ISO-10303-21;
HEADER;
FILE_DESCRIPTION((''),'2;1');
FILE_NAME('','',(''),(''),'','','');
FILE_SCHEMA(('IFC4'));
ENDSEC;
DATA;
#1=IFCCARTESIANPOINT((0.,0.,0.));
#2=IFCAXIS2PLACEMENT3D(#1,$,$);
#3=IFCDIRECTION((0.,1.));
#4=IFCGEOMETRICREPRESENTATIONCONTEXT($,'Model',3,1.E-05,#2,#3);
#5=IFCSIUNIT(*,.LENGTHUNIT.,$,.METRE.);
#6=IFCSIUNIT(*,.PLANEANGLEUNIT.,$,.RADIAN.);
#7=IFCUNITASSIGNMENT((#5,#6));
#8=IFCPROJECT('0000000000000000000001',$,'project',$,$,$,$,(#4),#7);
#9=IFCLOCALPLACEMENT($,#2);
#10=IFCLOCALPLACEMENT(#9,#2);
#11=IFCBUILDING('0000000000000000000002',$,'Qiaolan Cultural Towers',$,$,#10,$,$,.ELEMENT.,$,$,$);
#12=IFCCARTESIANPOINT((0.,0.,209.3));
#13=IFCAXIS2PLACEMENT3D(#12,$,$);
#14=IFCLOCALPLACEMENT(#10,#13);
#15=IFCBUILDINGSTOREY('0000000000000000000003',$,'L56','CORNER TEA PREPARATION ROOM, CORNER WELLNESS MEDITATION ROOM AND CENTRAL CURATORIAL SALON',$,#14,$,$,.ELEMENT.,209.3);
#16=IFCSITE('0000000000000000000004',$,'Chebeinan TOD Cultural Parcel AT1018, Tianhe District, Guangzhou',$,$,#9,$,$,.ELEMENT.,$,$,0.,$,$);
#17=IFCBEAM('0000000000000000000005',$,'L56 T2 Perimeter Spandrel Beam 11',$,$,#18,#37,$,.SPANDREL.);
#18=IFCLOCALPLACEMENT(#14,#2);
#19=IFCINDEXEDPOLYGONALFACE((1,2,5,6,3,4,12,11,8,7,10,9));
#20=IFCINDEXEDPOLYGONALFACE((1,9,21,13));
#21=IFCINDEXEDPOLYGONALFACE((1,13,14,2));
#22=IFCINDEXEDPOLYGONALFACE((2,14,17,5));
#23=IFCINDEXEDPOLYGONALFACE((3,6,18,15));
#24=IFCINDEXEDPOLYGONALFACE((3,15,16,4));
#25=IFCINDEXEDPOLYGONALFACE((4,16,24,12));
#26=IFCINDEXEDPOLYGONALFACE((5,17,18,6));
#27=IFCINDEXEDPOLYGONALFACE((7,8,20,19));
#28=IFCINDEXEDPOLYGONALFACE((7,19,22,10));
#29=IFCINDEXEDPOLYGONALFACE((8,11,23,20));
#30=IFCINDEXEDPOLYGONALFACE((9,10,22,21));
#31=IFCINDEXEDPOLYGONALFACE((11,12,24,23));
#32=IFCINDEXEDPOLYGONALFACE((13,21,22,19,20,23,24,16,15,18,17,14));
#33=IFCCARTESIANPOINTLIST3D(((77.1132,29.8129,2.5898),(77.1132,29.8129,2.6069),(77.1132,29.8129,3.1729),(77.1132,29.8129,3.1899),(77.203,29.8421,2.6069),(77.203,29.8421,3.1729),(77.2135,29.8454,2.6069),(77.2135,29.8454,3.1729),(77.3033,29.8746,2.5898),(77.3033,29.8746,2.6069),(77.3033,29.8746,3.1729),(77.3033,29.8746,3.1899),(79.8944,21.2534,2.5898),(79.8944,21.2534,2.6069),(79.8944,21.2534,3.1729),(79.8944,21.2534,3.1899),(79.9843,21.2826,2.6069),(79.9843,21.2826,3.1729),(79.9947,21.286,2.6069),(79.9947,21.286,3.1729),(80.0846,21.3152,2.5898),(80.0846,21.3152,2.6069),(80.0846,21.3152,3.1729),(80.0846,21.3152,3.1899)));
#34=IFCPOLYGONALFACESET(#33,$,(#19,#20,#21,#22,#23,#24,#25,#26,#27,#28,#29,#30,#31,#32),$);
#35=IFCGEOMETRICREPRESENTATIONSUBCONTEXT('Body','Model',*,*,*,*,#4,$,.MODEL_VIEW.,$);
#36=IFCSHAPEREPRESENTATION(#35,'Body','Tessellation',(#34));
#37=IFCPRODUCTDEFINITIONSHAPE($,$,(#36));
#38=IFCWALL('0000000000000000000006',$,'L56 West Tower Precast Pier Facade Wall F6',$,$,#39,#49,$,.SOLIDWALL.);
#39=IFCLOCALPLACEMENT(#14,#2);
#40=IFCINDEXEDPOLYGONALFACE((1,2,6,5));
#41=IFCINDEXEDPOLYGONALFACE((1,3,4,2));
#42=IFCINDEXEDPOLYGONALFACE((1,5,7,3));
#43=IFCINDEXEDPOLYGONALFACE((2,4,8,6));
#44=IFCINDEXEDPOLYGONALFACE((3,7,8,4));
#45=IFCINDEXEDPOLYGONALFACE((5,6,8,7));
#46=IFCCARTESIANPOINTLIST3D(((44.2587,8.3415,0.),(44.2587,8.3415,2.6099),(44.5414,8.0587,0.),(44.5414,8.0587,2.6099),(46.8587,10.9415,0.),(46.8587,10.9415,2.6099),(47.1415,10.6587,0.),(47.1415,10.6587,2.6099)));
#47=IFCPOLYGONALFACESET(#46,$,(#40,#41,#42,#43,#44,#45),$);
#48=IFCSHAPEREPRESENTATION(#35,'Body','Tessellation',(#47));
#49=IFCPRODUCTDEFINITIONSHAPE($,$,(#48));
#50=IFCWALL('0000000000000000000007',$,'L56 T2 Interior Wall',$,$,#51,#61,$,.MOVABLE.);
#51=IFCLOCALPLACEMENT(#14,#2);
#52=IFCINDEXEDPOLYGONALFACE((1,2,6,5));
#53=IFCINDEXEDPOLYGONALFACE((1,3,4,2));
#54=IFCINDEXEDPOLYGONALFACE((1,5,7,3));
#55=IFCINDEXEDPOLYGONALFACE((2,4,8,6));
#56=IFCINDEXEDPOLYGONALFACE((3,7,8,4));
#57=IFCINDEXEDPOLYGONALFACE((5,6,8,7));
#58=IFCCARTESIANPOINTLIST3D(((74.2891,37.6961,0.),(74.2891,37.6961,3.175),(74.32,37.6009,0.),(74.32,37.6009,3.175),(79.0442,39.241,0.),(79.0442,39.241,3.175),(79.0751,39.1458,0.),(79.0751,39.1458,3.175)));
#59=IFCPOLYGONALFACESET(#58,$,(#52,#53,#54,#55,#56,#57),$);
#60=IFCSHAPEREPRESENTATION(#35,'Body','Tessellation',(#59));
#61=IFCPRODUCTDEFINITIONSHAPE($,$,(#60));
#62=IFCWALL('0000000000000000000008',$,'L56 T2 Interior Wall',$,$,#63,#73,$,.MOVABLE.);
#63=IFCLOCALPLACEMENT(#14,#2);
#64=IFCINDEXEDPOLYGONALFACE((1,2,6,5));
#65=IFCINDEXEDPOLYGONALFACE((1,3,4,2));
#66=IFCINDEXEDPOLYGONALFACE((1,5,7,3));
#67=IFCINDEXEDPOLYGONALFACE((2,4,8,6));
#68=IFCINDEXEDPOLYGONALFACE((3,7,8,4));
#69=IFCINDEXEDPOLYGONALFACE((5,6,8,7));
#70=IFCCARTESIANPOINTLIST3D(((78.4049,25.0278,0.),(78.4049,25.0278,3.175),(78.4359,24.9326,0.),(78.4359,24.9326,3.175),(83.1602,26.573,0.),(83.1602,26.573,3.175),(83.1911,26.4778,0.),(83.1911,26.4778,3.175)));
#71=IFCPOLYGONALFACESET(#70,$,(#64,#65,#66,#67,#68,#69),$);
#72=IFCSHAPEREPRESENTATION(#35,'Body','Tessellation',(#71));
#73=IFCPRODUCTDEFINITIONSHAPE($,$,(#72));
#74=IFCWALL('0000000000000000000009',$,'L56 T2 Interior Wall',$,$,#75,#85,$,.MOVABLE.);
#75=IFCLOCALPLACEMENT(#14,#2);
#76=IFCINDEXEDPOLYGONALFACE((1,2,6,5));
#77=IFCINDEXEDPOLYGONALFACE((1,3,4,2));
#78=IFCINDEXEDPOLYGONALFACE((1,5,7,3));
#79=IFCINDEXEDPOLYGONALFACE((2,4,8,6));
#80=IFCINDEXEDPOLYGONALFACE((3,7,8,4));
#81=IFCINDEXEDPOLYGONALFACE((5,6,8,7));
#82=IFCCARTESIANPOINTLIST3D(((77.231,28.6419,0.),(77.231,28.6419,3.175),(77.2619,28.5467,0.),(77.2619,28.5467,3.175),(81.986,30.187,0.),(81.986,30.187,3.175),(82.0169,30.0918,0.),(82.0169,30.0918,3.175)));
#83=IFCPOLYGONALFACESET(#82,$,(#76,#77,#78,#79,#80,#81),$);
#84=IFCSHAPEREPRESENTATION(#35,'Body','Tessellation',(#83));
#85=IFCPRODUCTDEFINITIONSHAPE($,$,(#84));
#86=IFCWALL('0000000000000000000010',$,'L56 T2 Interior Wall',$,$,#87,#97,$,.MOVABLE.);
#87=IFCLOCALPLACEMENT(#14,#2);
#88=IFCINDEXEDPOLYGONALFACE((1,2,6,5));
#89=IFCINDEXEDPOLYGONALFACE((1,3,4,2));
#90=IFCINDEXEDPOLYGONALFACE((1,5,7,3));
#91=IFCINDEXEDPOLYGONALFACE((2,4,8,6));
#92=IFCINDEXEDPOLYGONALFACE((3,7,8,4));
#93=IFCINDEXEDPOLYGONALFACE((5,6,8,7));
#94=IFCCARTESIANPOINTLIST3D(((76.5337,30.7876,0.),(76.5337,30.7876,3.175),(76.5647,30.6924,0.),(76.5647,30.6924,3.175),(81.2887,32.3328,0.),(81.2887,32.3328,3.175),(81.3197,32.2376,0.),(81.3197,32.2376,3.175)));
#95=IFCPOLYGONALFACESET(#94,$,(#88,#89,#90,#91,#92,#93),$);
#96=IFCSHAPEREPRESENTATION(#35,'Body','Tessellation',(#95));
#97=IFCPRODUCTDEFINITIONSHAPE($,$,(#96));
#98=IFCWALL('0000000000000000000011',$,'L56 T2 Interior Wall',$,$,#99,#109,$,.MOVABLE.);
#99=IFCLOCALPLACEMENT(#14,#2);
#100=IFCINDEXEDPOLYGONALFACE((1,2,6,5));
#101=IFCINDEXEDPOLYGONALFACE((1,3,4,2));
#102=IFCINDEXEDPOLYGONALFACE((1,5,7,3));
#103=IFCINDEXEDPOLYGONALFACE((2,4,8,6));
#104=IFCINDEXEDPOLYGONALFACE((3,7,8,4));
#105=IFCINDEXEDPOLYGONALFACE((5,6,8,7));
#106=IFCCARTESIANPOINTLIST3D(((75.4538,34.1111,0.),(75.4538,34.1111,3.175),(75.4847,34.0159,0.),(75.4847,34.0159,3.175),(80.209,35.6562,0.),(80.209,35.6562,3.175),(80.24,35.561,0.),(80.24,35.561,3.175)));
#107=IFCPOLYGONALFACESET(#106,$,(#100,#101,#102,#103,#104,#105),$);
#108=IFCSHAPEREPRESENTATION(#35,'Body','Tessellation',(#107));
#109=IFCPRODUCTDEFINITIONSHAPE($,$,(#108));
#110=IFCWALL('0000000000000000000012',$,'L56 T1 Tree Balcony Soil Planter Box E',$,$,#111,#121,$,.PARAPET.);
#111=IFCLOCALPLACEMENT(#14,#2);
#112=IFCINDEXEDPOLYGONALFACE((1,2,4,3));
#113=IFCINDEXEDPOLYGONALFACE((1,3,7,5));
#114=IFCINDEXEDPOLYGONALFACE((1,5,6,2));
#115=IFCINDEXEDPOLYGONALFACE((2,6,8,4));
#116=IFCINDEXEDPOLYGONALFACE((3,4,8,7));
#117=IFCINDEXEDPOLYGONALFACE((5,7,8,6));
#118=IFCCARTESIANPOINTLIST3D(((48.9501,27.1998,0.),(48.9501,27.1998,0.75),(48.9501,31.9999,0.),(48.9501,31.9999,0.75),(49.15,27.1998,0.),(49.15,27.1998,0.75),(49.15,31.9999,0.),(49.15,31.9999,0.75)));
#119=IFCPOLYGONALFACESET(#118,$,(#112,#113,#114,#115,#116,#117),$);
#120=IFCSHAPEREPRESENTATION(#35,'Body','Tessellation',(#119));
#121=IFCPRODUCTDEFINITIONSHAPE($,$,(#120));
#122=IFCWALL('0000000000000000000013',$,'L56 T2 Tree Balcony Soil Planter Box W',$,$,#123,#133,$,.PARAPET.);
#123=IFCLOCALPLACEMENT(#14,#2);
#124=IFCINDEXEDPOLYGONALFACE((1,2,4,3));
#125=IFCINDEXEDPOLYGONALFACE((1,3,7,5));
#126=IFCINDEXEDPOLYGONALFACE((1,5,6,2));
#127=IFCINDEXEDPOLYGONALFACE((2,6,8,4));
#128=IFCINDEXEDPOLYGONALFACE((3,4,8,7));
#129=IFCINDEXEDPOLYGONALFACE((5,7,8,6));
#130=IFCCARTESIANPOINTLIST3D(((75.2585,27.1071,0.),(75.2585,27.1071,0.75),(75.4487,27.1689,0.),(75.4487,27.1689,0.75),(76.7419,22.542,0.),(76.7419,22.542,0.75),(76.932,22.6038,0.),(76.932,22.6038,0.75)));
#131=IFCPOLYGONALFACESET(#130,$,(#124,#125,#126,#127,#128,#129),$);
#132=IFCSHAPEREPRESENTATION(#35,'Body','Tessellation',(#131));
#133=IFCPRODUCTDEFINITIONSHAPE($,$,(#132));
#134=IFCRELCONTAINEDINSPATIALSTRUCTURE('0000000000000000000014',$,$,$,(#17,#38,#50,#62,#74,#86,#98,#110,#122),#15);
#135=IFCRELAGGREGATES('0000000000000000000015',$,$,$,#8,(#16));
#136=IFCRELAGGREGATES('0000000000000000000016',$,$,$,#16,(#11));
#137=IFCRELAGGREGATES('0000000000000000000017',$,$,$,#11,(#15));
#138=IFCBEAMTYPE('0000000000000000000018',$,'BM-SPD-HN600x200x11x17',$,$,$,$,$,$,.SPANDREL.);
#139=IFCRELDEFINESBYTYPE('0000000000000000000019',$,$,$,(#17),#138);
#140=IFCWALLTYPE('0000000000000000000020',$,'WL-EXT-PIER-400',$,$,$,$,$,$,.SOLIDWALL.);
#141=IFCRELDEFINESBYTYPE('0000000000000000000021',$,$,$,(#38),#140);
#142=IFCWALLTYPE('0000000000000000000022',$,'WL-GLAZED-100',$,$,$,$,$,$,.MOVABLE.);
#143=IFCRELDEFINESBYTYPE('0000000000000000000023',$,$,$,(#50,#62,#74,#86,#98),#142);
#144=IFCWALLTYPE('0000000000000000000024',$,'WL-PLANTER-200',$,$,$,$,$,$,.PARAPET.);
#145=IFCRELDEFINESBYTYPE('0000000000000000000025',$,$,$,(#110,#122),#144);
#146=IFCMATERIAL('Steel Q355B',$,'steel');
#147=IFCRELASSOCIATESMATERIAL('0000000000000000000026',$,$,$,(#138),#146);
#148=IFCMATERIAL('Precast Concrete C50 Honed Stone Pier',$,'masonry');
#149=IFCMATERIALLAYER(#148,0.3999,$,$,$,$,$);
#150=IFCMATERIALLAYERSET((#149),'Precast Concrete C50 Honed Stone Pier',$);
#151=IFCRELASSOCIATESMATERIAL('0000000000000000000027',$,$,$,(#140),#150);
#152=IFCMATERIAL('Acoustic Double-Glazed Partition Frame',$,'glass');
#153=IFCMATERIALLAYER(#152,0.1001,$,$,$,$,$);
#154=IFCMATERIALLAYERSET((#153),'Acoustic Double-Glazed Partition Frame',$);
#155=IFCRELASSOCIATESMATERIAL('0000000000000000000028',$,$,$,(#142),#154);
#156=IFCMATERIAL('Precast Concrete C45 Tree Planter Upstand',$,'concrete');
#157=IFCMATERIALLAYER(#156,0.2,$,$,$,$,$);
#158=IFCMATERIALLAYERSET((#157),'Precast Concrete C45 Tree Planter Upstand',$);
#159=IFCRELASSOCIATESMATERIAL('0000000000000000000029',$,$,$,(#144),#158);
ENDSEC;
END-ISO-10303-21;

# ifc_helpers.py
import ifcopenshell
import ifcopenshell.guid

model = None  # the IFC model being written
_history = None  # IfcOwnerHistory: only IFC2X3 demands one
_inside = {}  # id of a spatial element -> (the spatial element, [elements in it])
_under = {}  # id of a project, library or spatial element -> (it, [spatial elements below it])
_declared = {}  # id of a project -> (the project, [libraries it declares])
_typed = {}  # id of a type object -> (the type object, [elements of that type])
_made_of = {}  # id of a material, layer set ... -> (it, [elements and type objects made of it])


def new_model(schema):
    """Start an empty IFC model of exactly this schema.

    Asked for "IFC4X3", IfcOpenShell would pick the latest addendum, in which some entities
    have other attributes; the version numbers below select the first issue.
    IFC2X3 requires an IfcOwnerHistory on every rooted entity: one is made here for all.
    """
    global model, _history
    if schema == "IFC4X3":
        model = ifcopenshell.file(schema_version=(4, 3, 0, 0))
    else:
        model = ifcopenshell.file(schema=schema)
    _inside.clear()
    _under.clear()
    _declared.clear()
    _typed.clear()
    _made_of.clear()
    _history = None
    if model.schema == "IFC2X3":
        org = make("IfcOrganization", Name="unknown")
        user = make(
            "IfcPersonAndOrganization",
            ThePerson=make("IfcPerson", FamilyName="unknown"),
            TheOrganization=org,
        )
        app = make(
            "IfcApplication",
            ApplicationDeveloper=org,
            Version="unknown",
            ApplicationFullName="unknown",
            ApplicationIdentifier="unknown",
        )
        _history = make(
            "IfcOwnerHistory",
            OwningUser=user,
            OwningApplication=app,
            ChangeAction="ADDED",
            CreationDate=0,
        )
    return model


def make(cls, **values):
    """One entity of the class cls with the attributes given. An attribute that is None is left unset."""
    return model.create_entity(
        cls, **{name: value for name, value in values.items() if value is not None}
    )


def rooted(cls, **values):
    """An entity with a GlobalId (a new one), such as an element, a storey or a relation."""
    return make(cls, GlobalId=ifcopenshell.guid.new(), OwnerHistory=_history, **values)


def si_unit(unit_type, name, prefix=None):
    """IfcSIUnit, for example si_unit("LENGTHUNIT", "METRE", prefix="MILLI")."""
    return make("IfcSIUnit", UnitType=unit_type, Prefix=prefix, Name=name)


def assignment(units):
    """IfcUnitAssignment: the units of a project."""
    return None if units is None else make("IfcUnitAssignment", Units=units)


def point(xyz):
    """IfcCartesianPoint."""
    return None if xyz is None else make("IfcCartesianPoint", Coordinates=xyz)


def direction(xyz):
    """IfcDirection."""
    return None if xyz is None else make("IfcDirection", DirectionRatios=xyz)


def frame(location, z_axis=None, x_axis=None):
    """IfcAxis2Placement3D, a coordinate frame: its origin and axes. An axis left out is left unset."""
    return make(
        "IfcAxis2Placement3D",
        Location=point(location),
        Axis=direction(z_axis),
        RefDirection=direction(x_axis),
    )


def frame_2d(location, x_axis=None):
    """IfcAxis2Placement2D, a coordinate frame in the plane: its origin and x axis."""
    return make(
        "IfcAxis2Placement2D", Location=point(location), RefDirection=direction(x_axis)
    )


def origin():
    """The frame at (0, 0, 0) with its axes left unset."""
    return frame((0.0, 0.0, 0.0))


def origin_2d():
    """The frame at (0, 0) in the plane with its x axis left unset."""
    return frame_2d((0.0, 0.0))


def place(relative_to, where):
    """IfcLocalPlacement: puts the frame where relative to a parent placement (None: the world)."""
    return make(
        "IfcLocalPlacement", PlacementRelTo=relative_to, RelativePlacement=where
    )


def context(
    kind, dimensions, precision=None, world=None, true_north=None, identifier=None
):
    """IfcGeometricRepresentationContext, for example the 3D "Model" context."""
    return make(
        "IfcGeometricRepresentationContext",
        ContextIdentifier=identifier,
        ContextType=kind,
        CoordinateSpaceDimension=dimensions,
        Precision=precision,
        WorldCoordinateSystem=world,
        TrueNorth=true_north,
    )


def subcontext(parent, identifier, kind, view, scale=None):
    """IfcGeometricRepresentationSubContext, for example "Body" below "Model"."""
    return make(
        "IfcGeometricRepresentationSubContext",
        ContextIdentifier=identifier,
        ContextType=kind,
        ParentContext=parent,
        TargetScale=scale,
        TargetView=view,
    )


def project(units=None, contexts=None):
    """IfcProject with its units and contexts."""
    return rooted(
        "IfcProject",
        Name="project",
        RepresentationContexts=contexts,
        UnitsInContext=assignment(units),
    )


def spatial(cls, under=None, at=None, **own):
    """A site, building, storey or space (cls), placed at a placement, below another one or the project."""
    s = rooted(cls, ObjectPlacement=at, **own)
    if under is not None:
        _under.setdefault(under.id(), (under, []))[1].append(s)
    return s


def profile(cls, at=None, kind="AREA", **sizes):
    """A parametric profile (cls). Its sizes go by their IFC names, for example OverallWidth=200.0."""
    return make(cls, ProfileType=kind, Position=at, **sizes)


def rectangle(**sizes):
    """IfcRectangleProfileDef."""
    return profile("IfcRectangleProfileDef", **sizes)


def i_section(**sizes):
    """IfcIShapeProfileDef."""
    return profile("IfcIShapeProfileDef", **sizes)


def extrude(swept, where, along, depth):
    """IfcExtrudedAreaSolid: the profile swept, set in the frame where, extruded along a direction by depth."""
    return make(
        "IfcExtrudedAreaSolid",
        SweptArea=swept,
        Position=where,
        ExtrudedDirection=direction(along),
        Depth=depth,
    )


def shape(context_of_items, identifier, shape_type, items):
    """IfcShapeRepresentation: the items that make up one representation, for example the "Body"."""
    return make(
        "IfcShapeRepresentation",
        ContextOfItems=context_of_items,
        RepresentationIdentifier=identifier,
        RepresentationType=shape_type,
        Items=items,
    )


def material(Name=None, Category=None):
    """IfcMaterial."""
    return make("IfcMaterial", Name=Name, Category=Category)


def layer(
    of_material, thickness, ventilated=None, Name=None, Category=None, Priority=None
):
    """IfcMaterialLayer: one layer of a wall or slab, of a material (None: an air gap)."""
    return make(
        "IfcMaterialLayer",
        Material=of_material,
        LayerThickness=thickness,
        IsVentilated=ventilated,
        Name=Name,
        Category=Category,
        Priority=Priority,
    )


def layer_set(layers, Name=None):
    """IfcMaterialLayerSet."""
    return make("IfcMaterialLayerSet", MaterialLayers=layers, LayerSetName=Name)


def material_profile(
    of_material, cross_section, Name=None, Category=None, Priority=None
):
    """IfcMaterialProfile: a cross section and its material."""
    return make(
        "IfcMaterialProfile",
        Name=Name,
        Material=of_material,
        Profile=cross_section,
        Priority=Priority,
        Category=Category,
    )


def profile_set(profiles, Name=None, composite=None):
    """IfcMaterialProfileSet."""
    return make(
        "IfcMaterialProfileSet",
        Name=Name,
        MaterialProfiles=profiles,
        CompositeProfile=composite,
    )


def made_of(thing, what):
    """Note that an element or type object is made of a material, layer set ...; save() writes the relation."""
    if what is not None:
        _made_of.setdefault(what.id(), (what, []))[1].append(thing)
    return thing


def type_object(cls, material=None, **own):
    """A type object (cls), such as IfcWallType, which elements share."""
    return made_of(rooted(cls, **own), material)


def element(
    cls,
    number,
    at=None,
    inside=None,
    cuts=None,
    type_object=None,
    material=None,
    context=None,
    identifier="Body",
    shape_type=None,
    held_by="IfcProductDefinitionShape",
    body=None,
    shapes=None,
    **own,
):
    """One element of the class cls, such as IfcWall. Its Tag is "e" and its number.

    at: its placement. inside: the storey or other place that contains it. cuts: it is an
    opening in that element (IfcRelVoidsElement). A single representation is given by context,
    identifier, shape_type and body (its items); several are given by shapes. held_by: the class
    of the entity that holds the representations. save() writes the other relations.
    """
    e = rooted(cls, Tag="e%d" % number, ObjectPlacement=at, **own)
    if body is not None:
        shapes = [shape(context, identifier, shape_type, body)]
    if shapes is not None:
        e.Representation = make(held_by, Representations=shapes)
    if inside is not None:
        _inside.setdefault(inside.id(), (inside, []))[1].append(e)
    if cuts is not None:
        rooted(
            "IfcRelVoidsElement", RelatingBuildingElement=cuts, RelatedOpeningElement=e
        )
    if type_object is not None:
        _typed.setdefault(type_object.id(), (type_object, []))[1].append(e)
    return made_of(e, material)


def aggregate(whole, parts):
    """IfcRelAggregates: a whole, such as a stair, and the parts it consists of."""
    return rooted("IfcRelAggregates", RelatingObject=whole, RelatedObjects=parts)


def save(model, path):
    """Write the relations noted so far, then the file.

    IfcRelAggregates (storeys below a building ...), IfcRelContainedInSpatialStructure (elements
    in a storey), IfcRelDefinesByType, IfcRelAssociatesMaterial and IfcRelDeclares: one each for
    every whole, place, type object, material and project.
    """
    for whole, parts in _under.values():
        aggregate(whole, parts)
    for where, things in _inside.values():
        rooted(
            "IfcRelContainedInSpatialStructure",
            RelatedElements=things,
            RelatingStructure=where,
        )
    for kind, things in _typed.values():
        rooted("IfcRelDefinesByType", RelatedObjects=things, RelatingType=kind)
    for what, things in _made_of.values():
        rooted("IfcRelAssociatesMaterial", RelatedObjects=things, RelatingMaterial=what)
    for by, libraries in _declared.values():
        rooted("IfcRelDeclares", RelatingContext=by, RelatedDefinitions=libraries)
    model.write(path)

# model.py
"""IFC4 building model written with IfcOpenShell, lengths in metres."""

from ifc_helpers import new_model, si_unit, direction, frame, frame_2d, origin, origin_2d, place, context, subcontext, project, spatial, rectangle, i_section, extrude, material, layer, layer_set, material_profile, profile_set, type_object, element, save


model = new_model("IFC4")

# Units and contexts
model_context = context("Model", 3, precision=1e-05, world=origin(), true_north=direction((0.0, 1.0)))
body_context = subcontext(model_context, "Body", "Model", "MODEL_VIEW")
ifc_project = project(units=[si_unit("LENGTHUNIT", "METRE"), si_unit("PLANEANGLEUNIT", "RADIAN")], contexts=[model_context])

# Site, building, storey
site_placement = place(None, origin())
site = spatial("IfcSite", under=ifc_project, at=site_placement, Name="Chebeinan TOD Cultural Parcel AT1018, Tianhe District, Guangzhou", CompositionType="ELEMENT", RefElevation=0.0)
building_placement = place(site_placement, origin())
building = spatial("IfcBuilding", under=site, at=building_placement, Name="Qiaolan Cultural Towers", CompositionType="ELEMENT")
storey_placement = place(building_placement, frame((0.0, 0.0, 209.3)))
storey = spatial("IfcBuildingStorey", under=building, at=storey_placement, Name="L56", Description="CORNER TEA PREPARATION ROOM, CORNER WELLNESS MEDITATION ROOM AND CENTRAL CURATORIAL SALON", CompositionType="ELEMENT", Elevation=209.3)

# Beam
ifc_material_1 = material(Name="Steel Q355B", Category="steel")
ifc_material_profile_1 = material_profile(ifc_material_1, i_section(OverallWidth=0.2, OverallDepth=0.6001, WebThickness=0.011, FlangeThickness=0.0171, at=origin_2d()), Name="HN600x200x11x17")
ifc_profile_set_1 = profile_set([ifc_material_profile_1], Name="Steel Q355B")
beam_type_1 = type_object("IfcBeamType", Name="BM-SPD-HN600x200x11x17", PredefinedType="SPANDREL", material=ifc_profile_set_1)
for number, where, z_axis, x_axis, name in (
    (1, (77.2083, 29.8438, 2.8899), (0.309025, -0.951054, 0.0), (0.951054, 0.309025, 0.0), "L56 T2 Perimeter Spandrel Beam 11"),
):
    element("IfcBeam", number, at=place(storey_placement, frame(where, z_axis=z_axis, x_axis=x_axis)), inside=storey, type_object=beam_type_1, Name=name, PredefinedType="SPANDREL", context=body_context, shape_type="SweptSolid", body=[
        extrude(i_section(OverallWidth=0.2, OverallDepth=0.6001, WebThickness=0.011, FlangeThickness=0.0171, at=origin_2d()), origin(), (0.0, 0.0, 1.0), 9.0),
    ])

# Walls
ifc_material_2 = material(Name="Precast Concrete C50 Honed Stone Pier", Category="masonry")
ifc_layer_1 = layer(ifc_material_2, 0.3999)
ifc_layer_set_1 = layer_set([ifc_layer_1], Name="Precast Concrete C50 Honed Stone Pier")
wall_type_1 = type_object("IfcWallType", Name="WL-EXT-PIER-400", PredefinedType="SOLIDWALL", material=ifc_layer_set_1)
wall_1_placement = place(storey_placement, frame((47.0, 10.8, 0.0), z_axis=(0.0, 0.0, 1.0), x_axis=(-0.707107, -0.707107, 0.0)))
element("IfcWall", 2, at=wall_1_placement, inside=storey, type_object=wall_type_1, Name="L56 West Tower Precast Pier Facade Wall F6", PredefinedType="SOLIDWALL", context=body_context, shape_type="SweptSolid", body=[
    extrude(rectangle(XDim=3.677, YDim=0.3999, at=frame_2d((1.8384, 0.0))), origin(), (0.0, 0.0, 1.0), 2.6099),
])
ifc_material_3 = material(Name="Acoustic Double-Glazed Partition Frame", Category="glass")
ifc_layer_2 = layer(ifc_material_3, 0.1001)
ifc_layer_set_2 = layer_set([ifc_layer_2], Name="Acoustic Double-Glazed Partition Frame")
wall_type_2 = type_object("IfcWallType", Name="WL-GLAZED-100", PredefinedType="MOVABLE", material=ifc_layer_set_2)
wall_2_placement = place(storey_placement, frame((74.3044, 37.6484, 0.0), z_axis=(0.0, 0.0, 1.0), x_axis=(0.951063, 0.308997, 0.0)))
element("IfcWall", 3, at=wall_2_placement, inside=storey, type_object=wall_type_2, Name="L56 T2 Interior Wall", PredefinedType="MOVABLE", context=body_context, shape_type="SweptSolid", body=[
    extrude(rectangle(XDim=4.9998, YDim=0.1001, at=frame_2d((2.5, 0.0))), origin(), (0.0, 0.0, 1.0), 3.175),
])
wall_3_placement = place(storey_placement, frame((78.4204, 24.9802, 0.0), z_axis=(0.0, 0.0, 1.0), x_axis=(0.951053, 0.309026, 0.0)))
element("IfcWall", 4, at=wall_3_placement, inside=storey, type_object=wall_type_2, Name="L56 T2 Interior Wall", PredefinedType="MOVABLE", context=body_context, shape_type="SweptSolid", body=[
    extrude(rectangle(XDim=5.0, YDim=0.1001, at=frame_2d((2.5, 0.0))), origin(), (0.0, 0.0, 1.0), 3.175),
])
for number, where, z_axis, x_axis, name in (
    (5, (77.2463, 28.5942, 0.0), (0.0, 0.0, 1.0), (0.951049, 0.309041, 0.0), "L56 T2 Interior Wall"),
    (6, (76.5491, 30.74, 0.0), (0.0, 0.0, 1.0), (0.951049, 0.309041, 0.0), "L56 T2 Interior Wall"),
):
    element("IfcWall", number, at=place(storey_placement, frame(where, z_axis=z_axis, x_axis=x_axis)), inside=storey, type_object=wall_type_2, Name=name, PredefinedType="MOVABLE", context=body_context, shape_type="SweptSolid", body=[
        extrude(rectangle(XDim=4.9998, YDim=0.1001, at=frame_2d((2.5, 0.0))), origin(), (0.0, 0.0, 1.0), 3.175),
    ])
wall_4_placement = place(storey_placement, frame((75.4692, 34.0635, 0.0), z_axis=(0.0, 0.0, 1.0), x_axis=(0.951053, 0.309026, 0.0)))
element("IfcWall", 7, at=wall_4_placement, inside=storey, type_object=wall_type_2, Name="L56 T2 Interior Wall", PredefinedType="MOVABLE", context=body_context, shape_type="SweptSolid", body=[
    extrude(rectangle(XDim=5.0, YDim=0.1001, at=frame_2d((2.5, 0.0))), origin(), (0.0, 0.0, 1.0), 3.175),
])
ifc_material_4 = material(Name="Precast Concrete C45 Tree Planter Upstand", Category="concrete")
ifc_layer_3 = layer(ifc_material_4, 0.2)
ifc_layer_set_3 = layer_set([ifc_layer_3], Name="Precast Concrete C45 Tree Planter Upstand")
wall_type_3 = type_object("IfcWallType", Name="WL-PLANTER-200", PredefinedType="PARAPET", material=ifc_layer_set_3)
for number, where, z_axis, x_axis, name in (
    (8, (49.05, 27.2, 0.0), (0.0, 0.0, 1.0), (0.0, 1.0, 0.0), "L56 T1 Tree Balcony Soil Planter Box E"),
    (9, (76.8369, 22.573, 0.0), (0.0, 0.0, 1.0), (-0.309032, 0.951052, 0.0), "L56 T2 Tree Balcony Soil Planter Box W"),
):
    element("IfcWall", number, at=place(storey_placement, frame(where, z_axis=z_axis, x_axis=x_axis)), inside=storey, type_object=wall_type_3, Name=name, PredefinedType="PARAPET", context=body_context, shape_type="SweptSolid", body=[
        extrude(rectangle(XDim=4.8, YDim=0.2, at=frame_2d((2.3999, 0.0))), origin(), (0.0, 0.0, 1.0), 0.75),
    ])

save(model, "model.ifc")
